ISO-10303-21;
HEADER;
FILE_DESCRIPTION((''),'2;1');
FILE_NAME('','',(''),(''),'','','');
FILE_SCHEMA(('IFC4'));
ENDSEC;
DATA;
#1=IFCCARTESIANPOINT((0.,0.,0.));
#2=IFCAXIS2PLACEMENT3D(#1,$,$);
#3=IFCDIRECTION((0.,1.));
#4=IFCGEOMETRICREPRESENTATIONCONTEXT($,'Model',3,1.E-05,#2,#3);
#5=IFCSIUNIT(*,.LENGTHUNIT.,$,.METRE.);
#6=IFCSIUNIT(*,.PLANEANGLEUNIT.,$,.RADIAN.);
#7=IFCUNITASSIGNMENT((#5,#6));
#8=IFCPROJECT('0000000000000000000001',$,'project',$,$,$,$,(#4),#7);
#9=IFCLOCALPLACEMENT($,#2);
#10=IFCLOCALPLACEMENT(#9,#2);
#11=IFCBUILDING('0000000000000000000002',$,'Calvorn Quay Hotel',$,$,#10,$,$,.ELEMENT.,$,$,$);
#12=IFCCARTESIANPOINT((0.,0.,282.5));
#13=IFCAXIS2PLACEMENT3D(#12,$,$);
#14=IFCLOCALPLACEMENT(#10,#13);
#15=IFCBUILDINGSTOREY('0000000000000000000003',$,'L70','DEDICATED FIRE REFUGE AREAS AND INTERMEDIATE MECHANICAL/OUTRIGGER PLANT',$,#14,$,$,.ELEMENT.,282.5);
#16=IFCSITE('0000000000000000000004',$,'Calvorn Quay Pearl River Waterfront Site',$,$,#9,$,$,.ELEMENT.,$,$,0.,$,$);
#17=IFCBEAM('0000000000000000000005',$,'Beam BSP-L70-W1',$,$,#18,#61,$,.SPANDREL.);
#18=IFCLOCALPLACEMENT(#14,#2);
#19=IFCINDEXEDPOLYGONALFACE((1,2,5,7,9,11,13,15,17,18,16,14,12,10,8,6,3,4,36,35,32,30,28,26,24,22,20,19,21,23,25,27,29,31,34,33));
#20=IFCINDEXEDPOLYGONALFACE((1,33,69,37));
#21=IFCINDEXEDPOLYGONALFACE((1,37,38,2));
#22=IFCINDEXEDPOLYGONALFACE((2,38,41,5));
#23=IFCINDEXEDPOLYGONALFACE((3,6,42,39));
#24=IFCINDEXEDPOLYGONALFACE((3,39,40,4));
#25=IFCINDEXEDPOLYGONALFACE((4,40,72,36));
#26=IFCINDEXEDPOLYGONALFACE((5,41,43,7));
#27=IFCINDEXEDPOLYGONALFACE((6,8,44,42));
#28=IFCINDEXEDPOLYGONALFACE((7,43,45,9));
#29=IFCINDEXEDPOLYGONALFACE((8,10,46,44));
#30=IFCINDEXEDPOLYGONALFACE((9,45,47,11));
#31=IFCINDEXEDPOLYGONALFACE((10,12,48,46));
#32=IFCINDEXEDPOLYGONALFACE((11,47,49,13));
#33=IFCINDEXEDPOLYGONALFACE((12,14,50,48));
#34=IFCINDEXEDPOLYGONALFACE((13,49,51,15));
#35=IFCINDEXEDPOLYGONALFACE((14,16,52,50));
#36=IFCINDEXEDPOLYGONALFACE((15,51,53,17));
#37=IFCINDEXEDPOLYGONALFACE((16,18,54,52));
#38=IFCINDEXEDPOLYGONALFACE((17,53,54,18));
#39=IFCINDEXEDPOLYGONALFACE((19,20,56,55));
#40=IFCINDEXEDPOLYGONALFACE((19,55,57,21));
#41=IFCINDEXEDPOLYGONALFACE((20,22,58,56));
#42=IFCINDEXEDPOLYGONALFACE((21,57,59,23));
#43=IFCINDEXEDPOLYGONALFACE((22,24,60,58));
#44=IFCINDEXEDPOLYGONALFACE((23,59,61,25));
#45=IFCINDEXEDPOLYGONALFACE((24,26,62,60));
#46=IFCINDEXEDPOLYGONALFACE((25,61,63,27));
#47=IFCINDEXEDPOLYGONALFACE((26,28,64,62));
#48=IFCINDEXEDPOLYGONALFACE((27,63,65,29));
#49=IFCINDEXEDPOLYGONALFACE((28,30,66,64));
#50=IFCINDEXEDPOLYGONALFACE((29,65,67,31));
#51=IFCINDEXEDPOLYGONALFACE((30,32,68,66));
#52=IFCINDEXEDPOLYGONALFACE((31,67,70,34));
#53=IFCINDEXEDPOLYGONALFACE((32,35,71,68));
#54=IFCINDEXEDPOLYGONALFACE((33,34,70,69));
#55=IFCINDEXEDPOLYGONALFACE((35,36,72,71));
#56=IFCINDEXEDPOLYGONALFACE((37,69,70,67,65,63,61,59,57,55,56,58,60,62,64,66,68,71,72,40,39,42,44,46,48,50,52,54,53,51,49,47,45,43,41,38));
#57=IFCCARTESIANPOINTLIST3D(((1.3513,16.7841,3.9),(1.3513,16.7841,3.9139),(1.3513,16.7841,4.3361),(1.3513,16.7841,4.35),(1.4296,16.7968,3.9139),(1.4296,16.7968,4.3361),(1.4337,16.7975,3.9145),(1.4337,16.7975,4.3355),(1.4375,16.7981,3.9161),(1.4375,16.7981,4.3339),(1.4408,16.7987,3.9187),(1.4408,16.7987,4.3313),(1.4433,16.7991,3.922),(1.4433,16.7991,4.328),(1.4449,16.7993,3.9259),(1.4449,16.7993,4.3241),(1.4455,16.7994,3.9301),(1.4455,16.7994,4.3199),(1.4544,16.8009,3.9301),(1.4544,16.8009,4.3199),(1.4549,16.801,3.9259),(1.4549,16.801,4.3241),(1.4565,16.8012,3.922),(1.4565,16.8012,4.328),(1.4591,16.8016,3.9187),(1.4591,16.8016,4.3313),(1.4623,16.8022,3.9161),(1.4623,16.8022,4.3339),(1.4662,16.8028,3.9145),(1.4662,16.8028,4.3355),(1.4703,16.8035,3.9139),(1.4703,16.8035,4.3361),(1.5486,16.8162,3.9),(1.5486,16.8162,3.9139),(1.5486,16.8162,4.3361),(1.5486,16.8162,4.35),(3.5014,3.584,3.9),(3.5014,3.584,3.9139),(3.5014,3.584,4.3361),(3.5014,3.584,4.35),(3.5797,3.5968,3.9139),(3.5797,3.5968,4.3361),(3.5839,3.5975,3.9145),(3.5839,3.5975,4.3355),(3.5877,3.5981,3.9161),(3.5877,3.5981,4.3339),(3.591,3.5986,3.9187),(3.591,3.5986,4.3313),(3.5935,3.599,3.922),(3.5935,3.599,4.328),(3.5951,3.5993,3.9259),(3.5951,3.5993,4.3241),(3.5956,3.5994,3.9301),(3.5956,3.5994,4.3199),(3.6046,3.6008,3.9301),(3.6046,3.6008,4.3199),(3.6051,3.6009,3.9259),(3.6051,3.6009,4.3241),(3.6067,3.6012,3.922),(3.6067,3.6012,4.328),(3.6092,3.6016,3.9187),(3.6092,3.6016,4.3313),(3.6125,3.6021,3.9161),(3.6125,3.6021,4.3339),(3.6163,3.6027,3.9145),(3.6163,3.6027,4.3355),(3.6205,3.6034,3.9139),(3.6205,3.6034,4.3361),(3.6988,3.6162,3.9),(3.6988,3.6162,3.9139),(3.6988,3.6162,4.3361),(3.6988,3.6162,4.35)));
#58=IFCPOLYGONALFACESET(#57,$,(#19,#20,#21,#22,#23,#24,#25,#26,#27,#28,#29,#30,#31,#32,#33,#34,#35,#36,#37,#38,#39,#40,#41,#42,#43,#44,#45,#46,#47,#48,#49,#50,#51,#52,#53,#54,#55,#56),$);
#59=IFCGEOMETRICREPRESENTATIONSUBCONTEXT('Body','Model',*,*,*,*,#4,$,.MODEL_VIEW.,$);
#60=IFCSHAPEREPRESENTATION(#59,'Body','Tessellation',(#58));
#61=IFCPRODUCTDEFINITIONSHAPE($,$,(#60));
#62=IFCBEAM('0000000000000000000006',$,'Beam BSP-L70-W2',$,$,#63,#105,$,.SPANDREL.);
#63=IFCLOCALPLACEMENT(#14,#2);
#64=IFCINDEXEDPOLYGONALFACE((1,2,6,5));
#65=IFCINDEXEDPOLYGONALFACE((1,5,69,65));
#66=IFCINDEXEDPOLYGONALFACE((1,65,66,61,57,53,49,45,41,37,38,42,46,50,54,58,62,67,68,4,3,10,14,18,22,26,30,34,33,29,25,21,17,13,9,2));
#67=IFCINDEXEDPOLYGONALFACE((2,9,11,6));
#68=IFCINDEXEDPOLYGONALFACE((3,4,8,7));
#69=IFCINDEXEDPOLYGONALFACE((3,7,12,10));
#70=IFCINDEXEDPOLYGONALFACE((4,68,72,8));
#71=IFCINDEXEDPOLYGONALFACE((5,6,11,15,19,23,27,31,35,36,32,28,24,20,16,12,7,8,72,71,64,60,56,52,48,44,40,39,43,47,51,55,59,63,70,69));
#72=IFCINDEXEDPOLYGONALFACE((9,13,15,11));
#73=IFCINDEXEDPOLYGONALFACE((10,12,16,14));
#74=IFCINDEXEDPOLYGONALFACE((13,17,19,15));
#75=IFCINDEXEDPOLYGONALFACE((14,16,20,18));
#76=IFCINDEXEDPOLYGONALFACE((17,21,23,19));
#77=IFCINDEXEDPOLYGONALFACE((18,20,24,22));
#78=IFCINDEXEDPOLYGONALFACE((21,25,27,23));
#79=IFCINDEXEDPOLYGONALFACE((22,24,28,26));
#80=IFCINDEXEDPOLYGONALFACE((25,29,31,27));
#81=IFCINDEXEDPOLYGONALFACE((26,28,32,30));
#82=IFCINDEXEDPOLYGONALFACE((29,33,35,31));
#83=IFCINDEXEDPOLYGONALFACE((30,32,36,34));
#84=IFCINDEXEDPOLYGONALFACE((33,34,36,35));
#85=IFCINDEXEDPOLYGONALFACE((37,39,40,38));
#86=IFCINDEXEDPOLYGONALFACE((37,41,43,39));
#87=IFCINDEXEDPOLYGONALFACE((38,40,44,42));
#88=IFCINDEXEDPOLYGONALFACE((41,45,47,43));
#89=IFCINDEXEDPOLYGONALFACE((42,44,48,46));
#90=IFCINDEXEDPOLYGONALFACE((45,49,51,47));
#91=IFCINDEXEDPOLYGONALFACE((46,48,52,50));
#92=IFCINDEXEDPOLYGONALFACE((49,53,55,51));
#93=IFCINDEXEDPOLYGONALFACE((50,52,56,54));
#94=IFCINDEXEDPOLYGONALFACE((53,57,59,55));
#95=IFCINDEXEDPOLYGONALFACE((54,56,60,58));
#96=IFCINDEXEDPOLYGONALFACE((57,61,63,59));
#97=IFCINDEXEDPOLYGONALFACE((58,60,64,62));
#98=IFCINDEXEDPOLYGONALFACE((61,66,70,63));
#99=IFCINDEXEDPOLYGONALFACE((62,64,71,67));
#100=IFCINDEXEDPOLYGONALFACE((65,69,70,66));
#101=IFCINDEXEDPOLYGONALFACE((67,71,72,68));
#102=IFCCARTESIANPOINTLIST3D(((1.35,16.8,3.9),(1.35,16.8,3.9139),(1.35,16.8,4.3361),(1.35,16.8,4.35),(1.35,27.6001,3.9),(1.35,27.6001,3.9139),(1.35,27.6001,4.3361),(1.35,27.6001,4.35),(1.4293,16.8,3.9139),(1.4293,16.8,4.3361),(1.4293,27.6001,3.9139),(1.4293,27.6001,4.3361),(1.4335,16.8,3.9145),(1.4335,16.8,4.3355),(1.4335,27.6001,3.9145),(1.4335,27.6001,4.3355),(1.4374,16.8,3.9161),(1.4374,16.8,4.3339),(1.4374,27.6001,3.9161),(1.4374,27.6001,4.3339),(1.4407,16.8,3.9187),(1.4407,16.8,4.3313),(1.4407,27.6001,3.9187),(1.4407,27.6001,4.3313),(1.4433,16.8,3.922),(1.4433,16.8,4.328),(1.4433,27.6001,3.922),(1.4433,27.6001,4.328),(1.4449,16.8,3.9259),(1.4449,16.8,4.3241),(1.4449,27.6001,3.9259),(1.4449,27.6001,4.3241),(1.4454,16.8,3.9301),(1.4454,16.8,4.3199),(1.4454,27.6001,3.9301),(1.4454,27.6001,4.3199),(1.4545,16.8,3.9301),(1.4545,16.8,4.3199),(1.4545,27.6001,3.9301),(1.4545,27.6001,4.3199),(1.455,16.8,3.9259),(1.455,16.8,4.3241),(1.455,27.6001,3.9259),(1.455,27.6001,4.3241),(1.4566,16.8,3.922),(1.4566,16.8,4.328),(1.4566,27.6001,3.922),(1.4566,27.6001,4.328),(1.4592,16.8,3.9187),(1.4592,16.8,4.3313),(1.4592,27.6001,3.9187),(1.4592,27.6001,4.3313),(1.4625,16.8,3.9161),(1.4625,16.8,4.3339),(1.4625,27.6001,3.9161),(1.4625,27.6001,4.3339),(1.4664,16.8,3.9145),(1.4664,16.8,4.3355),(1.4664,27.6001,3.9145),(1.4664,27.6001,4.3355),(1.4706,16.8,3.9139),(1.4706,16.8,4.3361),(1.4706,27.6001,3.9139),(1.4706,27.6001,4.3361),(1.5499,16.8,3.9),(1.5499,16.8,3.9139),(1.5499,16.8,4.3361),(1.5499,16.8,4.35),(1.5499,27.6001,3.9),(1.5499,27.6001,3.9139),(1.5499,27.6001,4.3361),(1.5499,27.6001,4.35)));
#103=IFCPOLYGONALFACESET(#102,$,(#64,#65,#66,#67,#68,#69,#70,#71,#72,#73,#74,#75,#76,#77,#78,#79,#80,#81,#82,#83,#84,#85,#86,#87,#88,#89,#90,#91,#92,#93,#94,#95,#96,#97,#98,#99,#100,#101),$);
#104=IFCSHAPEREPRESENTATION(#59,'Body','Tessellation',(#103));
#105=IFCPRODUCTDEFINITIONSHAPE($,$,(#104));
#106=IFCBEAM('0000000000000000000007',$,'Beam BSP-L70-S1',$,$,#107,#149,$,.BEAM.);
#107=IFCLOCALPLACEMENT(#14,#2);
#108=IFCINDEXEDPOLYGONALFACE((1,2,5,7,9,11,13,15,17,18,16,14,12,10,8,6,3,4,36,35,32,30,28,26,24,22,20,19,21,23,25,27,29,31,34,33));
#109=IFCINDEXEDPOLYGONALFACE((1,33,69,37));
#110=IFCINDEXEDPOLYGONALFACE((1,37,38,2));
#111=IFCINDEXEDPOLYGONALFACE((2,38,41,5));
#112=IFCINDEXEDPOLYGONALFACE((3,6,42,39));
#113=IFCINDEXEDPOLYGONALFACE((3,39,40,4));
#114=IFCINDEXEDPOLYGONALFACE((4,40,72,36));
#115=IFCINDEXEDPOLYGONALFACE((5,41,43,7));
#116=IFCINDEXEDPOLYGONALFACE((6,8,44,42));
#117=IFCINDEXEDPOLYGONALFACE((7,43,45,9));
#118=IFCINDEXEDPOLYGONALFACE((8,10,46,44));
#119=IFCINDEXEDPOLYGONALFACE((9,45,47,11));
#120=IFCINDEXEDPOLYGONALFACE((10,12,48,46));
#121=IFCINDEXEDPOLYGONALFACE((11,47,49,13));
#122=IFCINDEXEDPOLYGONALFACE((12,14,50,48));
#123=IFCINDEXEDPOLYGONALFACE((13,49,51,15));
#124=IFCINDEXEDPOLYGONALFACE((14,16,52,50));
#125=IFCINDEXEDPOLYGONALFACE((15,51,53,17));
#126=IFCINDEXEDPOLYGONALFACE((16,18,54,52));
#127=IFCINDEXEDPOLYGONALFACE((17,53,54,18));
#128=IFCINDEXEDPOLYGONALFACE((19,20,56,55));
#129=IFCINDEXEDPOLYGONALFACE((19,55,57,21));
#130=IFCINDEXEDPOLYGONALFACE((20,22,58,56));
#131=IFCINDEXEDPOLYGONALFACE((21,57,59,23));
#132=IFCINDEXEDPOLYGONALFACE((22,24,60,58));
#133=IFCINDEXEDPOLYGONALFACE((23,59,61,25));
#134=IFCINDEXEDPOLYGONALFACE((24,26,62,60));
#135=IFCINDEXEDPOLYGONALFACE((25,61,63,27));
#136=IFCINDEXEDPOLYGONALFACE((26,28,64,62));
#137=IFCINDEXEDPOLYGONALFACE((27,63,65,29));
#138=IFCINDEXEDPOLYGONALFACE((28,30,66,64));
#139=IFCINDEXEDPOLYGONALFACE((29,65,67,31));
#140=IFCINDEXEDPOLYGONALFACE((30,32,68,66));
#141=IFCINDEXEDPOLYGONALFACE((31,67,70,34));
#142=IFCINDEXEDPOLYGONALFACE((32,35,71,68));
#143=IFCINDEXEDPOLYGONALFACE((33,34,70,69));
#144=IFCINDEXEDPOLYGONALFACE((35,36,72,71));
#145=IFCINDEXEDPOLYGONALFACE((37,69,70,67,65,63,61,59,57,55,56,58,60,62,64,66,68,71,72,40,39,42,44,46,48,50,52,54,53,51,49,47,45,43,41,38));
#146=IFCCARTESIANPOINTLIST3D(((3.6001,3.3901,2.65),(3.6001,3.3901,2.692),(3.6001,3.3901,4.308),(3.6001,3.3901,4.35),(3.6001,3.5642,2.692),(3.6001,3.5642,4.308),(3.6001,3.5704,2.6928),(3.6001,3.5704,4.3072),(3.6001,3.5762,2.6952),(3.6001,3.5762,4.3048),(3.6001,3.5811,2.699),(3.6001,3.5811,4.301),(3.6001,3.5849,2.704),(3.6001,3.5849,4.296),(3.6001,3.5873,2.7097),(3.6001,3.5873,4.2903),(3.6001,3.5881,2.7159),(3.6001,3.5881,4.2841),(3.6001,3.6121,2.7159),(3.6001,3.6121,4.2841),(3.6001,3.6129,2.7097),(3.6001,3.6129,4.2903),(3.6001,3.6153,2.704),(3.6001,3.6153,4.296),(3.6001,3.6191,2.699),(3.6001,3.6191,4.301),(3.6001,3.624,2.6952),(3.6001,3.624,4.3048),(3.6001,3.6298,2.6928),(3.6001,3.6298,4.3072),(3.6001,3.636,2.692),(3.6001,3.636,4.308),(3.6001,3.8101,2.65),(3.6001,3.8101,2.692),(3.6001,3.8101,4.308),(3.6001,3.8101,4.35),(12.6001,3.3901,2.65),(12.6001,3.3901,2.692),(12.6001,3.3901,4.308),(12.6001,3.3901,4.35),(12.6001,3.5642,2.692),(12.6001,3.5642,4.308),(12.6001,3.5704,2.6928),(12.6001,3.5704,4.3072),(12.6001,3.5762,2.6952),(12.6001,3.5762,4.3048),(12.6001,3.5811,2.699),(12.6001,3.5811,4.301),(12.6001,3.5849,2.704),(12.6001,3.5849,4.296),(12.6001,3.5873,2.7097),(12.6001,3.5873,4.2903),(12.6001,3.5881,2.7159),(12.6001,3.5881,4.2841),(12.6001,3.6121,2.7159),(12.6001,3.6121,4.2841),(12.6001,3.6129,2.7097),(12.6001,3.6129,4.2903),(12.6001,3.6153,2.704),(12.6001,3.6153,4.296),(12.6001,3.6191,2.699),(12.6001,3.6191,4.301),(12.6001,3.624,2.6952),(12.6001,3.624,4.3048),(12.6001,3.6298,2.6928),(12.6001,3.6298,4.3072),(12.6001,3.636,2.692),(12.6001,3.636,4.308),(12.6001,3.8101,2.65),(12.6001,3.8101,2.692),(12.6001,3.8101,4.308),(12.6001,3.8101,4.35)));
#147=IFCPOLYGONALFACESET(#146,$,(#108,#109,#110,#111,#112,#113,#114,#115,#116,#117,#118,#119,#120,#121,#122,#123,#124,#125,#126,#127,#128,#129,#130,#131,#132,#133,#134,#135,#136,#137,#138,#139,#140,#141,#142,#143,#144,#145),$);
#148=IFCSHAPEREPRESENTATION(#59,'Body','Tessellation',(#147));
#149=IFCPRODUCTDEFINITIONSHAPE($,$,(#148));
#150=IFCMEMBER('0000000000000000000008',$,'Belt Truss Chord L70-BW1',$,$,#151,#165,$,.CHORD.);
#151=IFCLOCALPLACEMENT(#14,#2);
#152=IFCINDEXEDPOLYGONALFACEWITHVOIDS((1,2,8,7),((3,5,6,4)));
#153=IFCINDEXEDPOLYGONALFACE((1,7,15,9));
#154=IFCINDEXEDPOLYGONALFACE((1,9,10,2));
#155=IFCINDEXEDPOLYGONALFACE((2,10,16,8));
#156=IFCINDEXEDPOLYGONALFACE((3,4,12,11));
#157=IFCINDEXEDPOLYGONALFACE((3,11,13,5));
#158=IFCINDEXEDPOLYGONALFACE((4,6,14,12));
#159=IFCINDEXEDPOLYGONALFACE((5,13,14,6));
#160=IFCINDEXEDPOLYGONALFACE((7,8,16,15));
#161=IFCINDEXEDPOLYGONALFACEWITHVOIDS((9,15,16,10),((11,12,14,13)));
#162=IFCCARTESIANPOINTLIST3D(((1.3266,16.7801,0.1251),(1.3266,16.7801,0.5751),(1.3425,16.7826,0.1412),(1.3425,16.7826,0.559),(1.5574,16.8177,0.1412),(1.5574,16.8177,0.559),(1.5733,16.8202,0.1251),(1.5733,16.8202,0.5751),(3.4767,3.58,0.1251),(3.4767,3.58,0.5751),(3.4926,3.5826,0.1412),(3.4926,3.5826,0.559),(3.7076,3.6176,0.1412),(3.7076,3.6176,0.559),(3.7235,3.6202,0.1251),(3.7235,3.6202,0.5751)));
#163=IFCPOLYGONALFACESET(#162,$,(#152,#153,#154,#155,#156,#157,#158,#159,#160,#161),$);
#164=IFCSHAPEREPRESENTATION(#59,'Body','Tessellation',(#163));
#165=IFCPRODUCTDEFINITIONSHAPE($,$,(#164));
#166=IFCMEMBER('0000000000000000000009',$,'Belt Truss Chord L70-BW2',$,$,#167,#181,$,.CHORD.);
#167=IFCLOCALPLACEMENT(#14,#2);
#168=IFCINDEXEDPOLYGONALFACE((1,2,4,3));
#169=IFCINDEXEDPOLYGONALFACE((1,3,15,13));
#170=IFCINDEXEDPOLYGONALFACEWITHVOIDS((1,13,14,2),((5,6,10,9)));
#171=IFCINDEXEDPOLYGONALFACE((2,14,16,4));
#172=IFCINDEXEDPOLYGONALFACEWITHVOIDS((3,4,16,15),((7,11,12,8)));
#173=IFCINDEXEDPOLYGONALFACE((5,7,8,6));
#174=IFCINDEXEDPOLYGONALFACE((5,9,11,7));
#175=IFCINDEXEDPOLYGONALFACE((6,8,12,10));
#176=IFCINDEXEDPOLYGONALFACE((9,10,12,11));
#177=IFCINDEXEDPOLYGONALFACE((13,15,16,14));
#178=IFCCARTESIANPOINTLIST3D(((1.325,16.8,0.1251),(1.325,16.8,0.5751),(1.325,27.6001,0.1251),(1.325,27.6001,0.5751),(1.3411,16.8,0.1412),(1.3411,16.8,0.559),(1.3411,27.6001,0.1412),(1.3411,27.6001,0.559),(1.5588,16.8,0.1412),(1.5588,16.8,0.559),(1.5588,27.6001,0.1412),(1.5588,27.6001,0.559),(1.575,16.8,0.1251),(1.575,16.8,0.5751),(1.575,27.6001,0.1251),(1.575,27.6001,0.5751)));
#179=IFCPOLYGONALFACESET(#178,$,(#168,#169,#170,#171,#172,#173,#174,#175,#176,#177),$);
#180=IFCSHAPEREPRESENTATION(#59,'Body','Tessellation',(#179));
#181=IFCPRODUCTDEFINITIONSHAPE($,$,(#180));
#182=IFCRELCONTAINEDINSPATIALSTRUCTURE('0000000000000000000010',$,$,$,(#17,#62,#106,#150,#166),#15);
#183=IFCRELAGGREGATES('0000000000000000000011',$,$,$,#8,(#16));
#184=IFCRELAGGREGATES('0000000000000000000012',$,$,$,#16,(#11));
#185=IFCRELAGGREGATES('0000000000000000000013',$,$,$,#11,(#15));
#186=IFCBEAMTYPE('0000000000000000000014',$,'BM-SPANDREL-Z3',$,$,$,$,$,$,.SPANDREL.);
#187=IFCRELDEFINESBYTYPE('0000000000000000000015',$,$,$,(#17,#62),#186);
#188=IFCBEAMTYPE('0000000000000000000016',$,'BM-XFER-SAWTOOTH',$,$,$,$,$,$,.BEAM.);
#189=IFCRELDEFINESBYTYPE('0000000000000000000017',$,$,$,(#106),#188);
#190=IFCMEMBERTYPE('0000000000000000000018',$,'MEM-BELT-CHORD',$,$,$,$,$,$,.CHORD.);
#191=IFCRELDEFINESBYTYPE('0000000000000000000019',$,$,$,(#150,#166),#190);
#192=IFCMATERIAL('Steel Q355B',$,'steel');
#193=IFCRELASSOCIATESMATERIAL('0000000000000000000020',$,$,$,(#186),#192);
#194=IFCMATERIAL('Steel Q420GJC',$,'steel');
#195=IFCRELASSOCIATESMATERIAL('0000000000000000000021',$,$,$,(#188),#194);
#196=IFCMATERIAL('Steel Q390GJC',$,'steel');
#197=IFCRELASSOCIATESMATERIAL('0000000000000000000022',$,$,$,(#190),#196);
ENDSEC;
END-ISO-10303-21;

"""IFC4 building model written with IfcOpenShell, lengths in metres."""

from ifc_helpers import new_model, si_unit, direction, frame, origin, origin_2d, place, context, subcontext, project, spatial, hollow_rectangle, i_section, extrude, material, material_profile, profile_set, type_object, element, save


model = new_model("IFC4")

# Units and contexts
model_context = context("Model", 3, precision=1e-05, world=origin(), true_north=direction((0.0, 1.0)))
body_context = subcontext(model_context, "Body", "Model", "MODEL_VIEW")
ifc_project = project(units=[si_unit("LENGTHUNIT", "METRE"), si_unit("PLANEANGLEUNIT", "RADIAN")], contexts=[model_context])

# Site, building, storey
site_placement = place(None, origin())
site = spatial("IfcSite", under=ifc_project, at=site_placement, Name="Calvorn Quay Pearl River Waterfront Site", CompositionType="ELEMENT", RefElevation=0.0)
building_placement = place(site_placement, origin())
building = spatial("IfcBuilding", under=site, at=building_placement, Name="Calvorn Quay Hotel", CompositionType="ELEMENT")
storey_placement = place(building_placement, frame((0.0, 0.0, 282.5)))
storey = spatial("IfcBuildingStorey", under=building, at=storey_placement, Name="L70", Description="DEDICATED FIRE REFUGE AREAS AND INTERMEDIATE MECHANICAL/OUTRIGGER PLANT", CompositionType="ELEMENT", Elevation=282.5)

# Beams
ifc_material_1 = material(Name="Steel Q355B", Category="steel")
ifc_material_profile_1 = material_profile(ifc_material_1, i_section(OverallWidth=0.2, OverallDepth=0.45, WebThickness=0.009, FlangeThickness=0.0139, FilletRadius=0.0161, at=origin_2d()), Name="HN450x200x9x14")
ifc_profile_set_1 = profile_set([ifc_material_profile_1], Name="Steel Q355B")
beam_type_1 = type_object("IfcBeamType", Name="BM-SPANDREL-Z3", PredefinedType="SPANDREL", material=ifc_profile_set_1)
beam_1_placement = place(storey_placement, frame((3.6001, 3.6001, 4.125), z_axis=(-0.160772, 0.986992, 0.0), x_axis=(-0.986992, -0.160772, 0.0)))
element("IfcBeam", 1, at=beam_1_placement, inside=storey, type_object=beam_type_1, Name="Beam BSP-L70-W1", PredefinedType="SPANDREL", context=body_context, shape_type="SweptSolid", body=[
    extrude(i_section(OverallWidth=0.2, OverallDepth=0.45, WebThickness=0.009, FlangeThickness=0.0139, FilletRadius=0.0161, at=origin_2d()), origin(), (0.0, 0.0, 1.0), 13.374),
])
beam_2_placement = place(storey_placement, frame((1.45, 16.8, 4.125), z_axis=(0.0, 1.0, 0.0), x_axis=(-1.0, 0.0, 0.0)))
element("IfcBeam", 2, at=beam_2_placement, inside=storey, type_object=beam_type_1, Name="Beam BSP-L70-W2", PredefinedType="SPANDREL", context=body_context, shape_type="SweptSolid", body=[
    extrude(i_section(OverallWidth=0.2, OverallDepth=0.45, WebThickness=0.009, FlangeThickness=0.0139, FilletRadius=0.0161, at=origin_2d()), origin(), (0.0, 0.0, 1.0), 10.8),
])
ifc_material_2 = material(Name="Steel Q420GJC", Category="steel")
ifc_material_profile_2 = material_profile(ifc_material_2, i_section(OverallWidth=0.4199, OverallDepth=1.7, WebThickness=0.0239, FlangeThickness=0.042, FilletRadius=0.0239, at=origin_2d()), Name="HN1700x420x24x42")
ifc_profile_set_2 = profile_set([ifc_material_profile_2], Name="Steel Q420GJC")
beam_type_2 = type_object("IfcBeamType", Name="BM-XFER-SAWTOOTH", PredefinedType="BEAM", material=ifc_profile_set_2)
beam_3_placement = place(storey_placement, frame((3.6001, 3.6001, 3.5), z_axis=(1.0, 0.0, 0.0), x_axis=(0.0, 1.0, 0.0)))
element("IfcBeam", 3, at=beam_3_placement, inside=storey, type_object=beam_type_2, Name="Beam BSP-L70-S1", PredefinedType="BEAM", context=body_context, shape_type="SweptSolid", body=[
    extrude(i_section(OverallWidth=0.4199, OverallDepth=1.7, WebThickness=0.0239, FlangeThickness=0.042, FilletRadius=0.0239, at=origin_2d()), origin(), (0.0, 0.0, 1.0), 9.0),
])

# Members
ifc_material_3 = material(Name="Steel Q390GJC", Category="steel")
ifc_material_profile_3 = material_profile(ifc_material_3, hollow_rectangle(XDim=0.25, YDim=0.45, WallThickness=0.0161, at=origin_2d()), Name="RHS450x250x16")
ifc_profile_set_3 = profile_set([ifc_material_profile_3], Name="Steel Q390GJC")
member_type_1 = type_object("IfcMemberType", Name="MEM-BELT-CHORD", PredefinedType="CHORD", material=ifc_profile_set_3)
member_1_placement = place(storey_placement, frame((3.6001, 3.6001, 0.3501), z_axis=(-0.160772, 0.986992, 0.0), x_axis=(-0.986992, -0.160772, 0.0)))
element("IfcMember", 4, at=member_1_placement, inside=storey, type_object=member_type_1, Name="Belt Truss Chord L70-BW1", PredefinedType="CHORD", context=body_context, shape_type="SweptSolid", body=[
    extrude(hollow_rectangle(XDim=0.25, YDim=0.45, WallThickness=0.0161, at=origin_2d()), origin(), (0.0, 0.0, 1.0), 13.374),
])
member_2_placement = place(storey_placement, frame((1.45, 16.8, 0.3501), z_axis=(0.0, 1.0, 0.0), x_axis=(-1.0, 0.0, 0.0)))
element("IfcMember", 5, at=member_2_placement, inside=storey, type_object=member_type_1, Name="Belt Truss Chord L70-BW2", PredefinedType="CHORD", context=body_context, shape_type="SweptSolid", body=[
    extrude(hollow_rectangle(XDim=0.25, YDim=0.45, WallThickness=0.0161, at=origin_2d()), origin(), (0.0, 0.0, 1.0), 10.8),
])

save(model, "model.ifc")
